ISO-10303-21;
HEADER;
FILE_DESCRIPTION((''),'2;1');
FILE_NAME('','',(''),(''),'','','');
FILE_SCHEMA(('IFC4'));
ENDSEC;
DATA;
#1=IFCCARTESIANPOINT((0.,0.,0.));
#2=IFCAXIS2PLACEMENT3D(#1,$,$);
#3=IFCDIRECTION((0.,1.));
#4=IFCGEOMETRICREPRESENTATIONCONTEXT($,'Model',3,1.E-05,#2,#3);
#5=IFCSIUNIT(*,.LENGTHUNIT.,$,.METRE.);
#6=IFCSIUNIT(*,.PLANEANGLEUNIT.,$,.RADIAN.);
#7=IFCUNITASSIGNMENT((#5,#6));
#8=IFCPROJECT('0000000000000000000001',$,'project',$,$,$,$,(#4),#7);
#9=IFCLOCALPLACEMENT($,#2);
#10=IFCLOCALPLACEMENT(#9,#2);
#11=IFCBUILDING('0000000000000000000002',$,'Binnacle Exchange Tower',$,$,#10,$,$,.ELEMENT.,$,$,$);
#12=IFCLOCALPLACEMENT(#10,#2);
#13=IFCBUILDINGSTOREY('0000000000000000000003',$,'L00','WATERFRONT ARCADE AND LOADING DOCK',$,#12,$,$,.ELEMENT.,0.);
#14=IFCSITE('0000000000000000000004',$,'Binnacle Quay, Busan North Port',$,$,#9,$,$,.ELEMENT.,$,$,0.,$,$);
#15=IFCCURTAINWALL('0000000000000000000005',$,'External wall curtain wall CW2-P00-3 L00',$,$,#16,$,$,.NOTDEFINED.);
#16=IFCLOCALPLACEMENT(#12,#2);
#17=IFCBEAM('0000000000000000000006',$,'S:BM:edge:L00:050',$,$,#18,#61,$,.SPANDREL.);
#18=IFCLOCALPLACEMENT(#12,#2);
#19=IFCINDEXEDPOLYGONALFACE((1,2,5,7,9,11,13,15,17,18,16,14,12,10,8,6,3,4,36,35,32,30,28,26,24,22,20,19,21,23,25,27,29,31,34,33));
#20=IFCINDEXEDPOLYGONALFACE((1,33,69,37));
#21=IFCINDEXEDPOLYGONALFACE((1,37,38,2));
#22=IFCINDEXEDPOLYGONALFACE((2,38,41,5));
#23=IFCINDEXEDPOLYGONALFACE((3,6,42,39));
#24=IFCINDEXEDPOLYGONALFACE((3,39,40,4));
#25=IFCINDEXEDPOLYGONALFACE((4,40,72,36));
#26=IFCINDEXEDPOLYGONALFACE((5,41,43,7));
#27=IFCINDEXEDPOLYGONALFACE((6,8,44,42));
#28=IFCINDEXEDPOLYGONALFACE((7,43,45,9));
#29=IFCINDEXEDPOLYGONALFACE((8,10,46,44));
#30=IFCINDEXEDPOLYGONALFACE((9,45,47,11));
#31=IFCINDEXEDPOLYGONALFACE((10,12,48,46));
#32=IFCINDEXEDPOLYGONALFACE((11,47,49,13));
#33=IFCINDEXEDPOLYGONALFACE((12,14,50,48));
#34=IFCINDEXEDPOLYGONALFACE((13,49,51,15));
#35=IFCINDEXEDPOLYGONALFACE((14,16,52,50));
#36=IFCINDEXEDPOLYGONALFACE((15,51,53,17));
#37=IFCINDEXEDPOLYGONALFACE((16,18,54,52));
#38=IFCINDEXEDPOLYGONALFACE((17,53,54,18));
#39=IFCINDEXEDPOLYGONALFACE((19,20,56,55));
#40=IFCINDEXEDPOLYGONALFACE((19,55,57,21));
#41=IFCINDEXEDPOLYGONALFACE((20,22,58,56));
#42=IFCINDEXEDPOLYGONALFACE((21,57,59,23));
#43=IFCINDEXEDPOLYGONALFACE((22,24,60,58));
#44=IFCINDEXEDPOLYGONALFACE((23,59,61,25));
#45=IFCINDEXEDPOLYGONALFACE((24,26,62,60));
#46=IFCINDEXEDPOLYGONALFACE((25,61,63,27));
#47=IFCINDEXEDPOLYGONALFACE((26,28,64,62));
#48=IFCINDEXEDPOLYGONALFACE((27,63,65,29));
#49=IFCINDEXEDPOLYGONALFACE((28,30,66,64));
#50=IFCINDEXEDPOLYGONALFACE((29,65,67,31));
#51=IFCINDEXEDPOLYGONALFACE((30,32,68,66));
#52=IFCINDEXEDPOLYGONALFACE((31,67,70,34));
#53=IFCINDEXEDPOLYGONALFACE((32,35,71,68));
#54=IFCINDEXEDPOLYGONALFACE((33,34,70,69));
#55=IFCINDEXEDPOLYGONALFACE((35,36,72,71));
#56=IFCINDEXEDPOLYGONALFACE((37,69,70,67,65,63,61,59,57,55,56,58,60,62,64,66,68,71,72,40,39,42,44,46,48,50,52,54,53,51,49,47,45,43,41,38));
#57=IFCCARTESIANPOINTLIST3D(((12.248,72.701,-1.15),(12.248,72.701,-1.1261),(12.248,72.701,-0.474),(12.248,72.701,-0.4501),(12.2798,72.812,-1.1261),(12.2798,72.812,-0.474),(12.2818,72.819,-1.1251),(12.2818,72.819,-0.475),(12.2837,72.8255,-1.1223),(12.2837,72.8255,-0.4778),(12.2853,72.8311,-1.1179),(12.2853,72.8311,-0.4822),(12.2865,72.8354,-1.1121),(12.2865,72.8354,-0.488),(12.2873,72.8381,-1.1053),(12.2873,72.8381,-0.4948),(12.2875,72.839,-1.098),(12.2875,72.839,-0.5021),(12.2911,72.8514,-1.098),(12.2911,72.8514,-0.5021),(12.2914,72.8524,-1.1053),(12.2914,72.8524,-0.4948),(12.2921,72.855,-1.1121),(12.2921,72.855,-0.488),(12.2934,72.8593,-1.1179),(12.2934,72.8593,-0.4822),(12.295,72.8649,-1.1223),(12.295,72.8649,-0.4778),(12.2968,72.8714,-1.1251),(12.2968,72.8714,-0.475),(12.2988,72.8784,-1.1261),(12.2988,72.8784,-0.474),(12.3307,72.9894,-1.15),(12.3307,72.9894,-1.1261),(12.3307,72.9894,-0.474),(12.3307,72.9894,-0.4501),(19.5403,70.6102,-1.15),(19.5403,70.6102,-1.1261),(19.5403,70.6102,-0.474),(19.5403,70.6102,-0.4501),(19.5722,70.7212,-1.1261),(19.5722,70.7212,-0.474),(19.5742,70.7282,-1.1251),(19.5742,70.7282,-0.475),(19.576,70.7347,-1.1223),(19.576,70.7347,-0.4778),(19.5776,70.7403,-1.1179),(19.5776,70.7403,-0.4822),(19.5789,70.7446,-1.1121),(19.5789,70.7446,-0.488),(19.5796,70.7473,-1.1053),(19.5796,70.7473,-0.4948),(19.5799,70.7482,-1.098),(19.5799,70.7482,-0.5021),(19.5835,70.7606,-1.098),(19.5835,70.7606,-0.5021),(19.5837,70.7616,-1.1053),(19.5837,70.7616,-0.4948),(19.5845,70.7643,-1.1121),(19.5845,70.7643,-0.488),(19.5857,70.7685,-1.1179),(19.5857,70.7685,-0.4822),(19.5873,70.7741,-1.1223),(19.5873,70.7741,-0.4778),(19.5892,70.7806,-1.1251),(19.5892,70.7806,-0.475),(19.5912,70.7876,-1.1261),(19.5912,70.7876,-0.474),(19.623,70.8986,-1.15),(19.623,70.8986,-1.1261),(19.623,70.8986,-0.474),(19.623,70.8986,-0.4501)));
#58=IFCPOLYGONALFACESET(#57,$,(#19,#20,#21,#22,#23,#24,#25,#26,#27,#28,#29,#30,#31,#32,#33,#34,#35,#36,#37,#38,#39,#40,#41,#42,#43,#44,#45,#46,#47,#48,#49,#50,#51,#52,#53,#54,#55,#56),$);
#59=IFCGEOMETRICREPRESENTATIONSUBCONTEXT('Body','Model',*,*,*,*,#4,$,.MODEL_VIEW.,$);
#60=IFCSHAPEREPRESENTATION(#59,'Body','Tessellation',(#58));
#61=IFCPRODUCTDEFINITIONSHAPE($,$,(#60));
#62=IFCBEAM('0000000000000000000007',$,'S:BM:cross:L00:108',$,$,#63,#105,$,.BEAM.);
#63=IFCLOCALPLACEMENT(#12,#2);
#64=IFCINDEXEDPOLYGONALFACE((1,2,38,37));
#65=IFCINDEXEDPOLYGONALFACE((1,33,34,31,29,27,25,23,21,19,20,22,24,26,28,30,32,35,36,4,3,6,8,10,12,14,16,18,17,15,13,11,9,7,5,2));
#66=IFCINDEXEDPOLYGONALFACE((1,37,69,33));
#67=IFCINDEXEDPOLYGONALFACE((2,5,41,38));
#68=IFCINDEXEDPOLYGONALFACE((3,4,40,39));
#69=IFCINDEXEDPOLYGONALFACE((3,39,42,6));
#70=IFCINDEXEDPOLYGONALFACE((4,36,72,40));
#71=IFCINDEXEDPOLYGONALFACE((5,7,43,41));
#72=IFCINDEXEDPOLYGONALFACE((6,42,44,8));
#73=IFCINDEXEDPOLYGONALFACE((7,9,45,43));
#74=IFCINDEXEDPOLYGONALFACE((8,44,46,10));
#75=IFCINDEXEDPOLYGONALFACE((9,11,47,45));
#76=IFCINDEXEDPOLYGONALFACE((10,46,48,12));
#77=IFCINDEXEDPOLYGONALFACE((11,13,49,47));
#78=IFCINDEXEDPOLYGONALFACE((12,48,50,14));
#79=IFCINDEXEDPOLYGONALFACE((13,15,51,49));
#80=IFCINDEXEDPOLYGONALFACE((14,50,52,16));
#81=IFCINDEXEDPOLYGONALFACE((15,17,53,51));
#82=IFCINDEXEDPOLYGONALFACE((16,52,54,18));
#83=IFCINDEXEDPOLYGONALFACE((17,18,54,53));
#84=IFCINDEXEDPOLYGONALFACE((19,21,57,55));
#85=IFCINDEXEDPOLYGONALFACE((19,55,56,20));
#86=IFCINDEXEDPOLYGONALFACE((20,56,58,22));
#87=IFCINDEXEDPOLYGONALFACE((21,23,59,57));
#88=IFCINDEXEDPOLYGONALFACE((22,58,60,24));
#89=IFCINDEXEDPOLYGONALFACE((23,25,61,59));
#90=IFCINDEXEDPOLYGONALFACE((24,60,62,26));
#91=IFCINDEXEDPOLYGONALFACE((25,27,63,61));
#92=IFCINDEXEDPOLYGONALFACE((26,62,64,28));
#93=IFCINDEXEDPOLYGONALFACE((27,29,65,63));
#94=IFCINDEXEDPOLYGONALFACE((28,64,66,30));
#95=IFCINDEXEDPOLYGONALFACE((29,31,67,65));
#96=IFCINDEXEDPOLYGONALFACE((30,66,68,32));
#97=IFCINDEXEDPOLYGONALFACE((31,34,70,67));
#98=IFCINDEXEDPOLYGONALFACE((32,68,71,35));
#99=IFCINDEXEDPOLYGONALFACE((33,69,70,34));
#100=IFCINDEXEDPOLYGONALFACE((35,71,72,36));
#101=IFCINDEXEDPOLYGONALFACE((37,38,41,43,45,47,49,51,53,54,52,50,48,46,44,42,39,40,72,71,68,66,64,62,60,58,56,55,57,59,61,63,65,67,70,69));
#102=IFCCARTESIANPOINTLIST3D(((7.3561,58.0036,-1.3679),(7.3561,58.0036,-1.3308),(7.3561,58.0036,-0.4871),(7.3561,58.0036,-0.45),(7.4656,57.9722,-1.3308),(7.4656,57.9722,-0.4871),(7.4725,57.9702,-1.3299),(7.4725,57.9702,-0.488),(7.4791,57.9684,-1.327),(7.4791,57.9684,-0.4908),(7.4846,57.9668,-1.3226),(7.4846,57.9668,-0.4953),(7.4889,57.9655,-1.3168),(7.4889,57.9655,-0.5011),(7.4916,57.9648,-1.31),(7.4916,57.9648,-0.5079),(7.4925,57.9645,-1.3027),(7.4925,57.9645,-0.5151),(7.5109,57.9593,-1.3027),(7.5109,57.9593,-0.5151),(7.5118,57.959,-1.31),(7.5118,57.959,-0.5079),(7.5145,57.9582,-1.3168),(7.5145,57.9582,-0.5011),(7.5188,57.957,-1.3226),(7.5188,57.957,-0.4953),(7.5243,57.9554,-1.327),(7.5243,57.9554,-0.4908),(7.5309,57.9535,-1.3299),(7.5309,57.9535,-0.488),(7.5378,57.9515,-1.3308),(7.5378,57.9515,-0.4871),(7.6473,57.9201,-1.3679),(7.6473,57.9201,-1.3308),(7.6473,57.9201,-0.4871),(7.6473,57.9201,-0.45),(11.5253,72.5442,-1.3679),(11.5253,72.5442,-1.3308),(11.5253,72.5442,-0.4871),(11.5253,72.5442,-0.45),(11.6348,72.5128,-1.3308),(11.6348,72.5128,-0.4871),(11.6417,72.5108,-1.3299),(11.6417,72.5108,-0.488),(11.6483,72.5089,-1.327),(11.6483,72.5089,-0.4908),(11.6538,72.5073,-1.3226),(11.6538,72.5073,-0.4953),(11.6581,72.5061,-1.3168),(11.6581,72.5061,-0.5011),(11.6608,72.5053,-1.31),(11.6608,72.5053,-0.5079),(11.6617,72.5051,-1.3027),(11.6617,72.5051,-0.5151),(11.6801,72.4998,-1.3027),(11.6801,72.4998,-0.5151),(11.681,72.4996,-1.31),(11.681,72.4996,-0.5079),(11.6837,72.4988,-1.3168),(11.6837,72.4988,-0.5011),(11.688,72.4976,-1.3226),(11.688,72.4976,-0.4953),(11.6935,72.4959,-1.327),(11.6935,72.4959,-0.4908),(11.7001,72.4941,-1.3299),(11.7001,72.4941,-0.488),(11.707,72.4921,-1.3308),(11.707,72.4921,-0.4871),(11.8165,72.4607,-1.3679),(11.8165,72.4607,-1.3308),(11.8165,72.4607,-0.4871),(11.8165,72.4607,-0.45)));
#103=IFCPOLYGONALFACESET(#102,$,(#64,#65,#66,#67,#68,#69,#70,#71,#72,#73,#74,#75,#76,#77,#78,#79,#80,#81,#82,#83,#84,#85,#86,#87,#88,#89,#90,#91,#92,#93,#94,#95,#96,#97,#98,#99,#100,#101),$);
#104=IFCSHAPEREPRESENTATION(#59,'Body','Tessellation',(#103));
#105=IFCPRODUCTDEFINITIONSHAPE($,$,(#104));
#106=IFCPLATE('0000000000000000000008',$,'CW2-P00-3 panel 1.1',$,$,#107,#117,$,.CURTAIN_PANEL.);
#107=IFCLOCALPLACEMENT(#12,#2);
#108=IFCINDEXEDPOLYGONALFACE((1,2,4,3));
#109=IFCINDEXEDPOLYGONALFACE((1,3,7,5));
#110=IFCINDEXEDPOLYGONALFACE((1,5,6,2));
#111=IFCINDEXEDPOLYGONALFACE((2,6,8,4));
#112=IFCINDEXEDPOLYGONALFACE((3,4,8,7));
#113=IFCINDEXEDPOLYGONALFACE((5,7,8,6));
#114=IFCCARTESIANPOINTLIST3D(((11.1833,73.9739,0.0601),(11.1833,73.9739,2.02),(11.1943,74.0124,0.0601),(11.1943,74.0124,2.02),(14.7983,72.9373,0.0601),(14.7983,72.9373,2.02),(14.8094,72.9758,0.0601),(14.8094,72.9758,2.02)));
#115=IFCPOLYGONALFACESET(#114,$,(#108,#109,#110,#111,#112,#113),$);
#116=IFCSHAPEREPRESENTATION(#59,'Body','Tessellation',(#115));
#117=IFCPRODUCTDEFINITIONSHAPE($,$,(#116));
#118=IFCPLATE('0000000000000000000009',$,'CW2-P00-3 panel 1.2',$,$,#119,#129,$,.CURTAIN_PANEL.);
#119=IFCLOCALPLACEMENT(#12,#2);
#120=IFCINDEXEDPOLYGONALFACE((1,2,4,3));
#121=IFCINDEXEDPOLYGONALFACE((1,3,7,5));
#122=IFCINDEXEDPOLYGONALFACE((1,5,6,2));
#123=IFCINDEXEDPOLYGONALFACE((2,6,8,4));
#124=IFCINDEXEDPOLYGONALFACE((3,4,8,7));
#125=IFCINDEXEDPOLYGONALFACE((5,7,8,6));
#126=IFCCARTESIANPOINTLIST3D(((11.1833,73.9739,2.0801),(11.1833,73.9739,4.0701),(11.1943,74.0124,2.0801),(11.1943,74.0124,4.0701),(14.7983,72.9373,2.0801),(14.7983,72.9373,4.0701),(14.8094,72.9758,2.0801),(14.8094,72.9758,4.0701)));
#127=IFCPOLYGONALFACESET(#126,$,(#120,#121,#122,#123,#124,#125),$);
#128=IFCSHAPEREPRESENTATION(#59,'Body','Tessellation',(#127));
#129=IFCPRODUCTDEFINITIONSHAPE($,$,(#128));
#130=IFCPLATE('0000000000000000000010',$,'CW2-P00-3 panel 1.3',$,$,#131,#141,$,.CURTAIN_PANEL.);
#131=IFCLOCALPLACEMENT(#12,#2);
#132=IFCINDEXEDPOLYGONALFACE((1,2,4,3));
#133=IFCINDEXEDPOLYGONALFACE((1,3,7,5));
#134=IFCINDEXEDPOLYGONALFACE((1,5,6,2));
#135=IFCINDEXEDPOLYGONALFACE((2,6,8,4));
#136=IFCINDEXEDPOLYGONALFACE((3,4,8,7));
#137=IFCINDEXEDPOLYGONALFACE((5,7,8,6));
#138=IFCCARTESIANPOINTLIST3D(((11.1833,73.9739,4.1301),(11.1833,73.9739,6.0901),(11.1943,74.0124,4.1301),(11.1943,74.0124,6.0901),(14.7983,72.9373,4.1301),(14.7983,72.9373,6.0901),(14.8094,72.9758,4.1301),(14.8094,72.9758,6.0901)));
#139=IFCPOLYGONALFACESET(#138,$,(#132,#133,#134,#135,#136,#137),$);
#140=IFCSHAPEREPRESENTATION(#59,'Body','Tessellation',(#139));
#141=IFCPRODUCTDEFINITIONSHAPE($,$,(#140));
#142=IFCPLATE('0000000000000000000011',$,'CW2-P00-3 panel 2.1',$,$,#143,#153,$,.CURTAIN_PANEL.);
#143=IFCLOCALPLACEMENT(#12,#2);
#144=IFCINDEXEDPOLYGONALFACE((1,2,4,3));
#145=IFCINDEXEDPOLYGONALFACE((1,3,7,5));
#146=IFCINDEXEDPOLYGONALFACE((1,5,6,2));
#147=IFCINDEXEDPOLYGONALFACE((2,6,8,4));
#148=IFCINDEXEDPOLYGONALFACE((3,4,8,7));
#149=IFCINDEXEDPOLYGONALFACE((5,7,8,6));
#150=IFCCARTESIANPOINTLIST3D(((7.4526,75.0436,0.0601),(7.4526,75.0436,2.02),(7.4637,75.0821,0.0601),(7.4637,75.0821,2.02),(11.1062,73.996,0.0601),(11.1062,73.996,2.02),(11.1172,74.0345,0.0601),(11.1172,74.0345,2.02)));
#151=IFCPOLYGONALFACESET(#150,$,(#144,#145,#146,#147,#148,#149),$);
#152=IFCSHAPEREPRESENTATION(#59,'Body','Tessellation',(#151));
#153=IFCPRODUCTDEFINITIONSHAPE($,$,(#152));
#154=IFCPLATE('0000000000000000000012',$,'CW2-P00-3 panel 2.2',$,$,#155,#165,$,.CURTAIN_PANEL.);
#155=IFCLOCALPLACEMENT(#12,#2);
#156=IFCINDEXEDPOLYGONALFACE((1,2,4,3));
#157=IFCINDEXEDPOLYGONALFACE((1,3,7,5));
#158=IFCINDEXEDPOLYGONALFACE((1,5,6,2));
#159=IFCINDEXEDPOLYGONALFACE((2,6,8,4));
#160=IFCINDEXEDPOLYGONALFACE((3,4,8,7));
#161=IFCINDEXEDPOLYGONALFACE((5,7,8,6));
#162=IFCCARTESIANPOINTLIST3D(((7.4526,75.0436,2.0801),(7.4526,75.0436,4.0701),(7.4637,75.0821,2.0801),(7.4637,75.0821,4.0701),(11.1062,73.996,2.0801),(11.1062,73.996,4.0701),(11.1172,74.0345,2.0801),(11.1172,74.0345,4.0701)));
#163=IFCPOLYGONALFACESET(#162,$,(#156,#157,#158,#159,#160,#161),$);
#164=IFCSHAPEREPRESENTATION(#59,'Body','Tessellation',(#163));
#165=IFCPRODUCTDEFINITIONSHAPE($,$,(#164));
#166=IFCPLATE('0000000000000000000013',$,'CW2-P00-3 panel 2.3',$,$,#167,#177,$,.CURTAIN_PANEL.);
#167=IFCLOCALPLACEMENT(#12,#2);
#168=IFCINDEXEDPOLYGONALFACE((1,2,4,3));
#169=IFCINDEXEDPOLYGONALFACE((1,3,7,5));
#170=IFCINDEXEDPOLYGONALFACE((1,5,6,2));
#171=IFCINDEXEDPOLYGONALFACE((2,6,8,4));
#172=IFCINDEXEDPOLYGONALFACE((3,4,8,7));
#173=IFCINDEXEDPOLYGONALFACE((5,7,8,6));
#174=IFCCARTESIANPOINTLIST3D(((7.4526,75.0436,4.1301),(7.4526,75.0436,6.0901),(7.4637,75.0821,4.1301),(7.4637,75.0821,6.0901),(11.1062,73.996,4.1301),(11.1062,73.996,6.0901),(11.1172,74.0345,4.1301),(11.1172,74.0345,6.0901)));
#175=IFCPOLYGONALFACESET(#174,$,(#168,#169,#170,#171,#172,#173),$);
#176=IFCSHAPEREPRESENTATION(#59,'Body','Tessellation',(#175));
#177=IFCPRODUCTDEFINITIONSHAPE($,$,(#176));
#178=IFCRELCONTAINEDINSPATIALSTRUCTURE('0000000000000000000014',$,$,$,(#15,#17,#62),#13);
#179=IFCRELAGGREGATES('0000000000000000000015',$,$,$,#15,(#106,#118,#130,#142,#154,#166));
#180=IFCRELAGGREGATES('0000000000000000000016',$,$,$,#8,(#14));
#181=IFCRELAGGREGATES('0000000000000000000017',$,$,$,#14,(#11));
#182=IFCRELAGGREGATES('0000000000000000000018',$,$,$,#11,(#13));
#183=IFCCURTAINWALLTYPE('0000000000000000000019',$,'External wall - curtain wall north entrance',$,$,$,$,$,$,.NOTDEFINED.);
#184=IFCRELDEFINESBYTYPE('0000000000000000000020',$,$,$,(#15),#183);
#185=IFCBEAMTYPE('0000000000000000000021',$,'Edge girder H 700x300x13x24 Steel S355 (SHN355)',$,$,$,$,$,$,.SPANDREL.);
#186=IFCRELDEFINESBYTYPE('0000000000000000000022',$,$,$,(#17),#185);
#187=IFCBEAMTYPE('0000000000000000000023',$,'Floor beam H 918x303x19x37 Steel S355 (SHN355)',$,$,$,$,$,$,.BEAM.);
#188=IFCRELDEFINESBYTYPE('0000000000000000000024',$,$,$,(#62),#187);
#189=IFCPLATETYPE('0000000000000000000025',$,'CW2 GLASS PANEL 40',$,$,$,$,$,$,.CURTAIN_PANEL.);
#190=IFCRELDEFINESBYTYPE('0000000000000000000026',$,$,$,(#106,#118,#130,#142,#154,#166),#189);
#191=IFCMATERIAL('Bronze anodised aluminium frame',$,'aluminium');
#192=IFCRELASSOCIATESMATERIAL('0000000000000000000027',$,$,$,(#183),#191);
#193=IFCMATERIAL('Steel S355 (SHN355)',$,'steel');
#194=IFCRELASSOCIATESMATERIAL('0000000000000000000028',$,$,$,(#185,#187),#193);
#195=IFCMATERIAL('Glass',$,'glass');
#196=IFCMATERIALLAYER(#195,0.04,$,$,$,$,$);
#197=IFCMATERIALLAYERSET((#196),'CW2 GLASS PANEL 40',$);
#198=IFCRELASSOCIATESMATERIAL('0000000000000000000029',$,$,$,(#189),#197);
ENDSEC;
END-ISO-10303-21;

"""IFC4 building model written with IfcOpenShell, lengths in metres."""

from ifc_helpers import new_model, si_unit, direction, frame, origin, origin_2d, place, context, subcontext, project, spatial, rectangle, i_section, extrude, material, layer, layer_set, material_profile, profile_set, type_object, element, aggregate, save


model = new_model("IFC4")

# Units and contexts
model_context = context("Model", 3, precision=1e-05, world=origin(), true_north=direction((0.0, 1.0)))
body_context = subcontext(model_context, "Body", "Model", "MODEL_VIEW")
ifc_project = project(units=[si_unit("LENGTHUNIT", "METRE"), si_unit("PLANEANGLEUNIT", "RADIAN")], contexts=[model_context])

# Site, building, storey
site_placement = place(None, origin())
site = spatial("IfcSite", under=ifc_project, at=site_placement, Name="Binnacle Quay, Busan North Port", CompositionType="ELEMENT", RefElevation=0.0)
building_placement = place(site_placement, origin())
building = spatial("IfcBuilding", under=site, at=building_placement, Name="Binnacle Exchange Tower", CompositionType="ELEMENT")
storey_placement = place(building_placement, origin())
storey = spatial("IfcBuildingStorey", under=building, at=storey_placement, Name="L00", Description="WATERFRONT ARCADE AND LOADING DOCK", CompositionType="ELEMENT", Elevation=0.0)

# Curtain wall
ifc_material_1 = material(Name="Bronze anodised aluminium frame", Category="aluminium")
curtain_wall_type = type_object("IfcCurtainWallType", Name="External wall - curtain wall north entrance", PredefinedType="NOTDEFINED", material=ifc_material_1)
curtain_wall_placement = place(storey_placement, origin())
curtain_wall = element("IfcCurtainWall", 1, at=curtain_wall_placement, inside=storey, type_object=curtain_wall_type, Name="External wall curtain wall CW2-P00-3 L00", PredefinedType="NOTDEFINED")

# Beams
ifc_material_2 = material(Name="Steel S355 (SHN355)", Category="steel")
ifc_material_profile_1 = material_profile(ifc_material_2, i_section(OverallWidth=0.3, OverallDepth=0.7, WebThickness=0.0129, FlangeThickness=0.0239, FilletRadius=0.0281, at=origin_2d()), Name="H 700x300x13x24")
ifc_profile_set_1 = profile_set([ifc_material_profile_1], Name="Steel S355 (SHN355)")
beam_type_1 = type_object("IfcBeamType", Name="Edge girder H 700x300x13x24 Steel S355 (SHN355)", PredefinedType="SPANDREL", material=ifc_profile_set_1)
beam_1_placement = place(storey_placement, frame((12.2893, 72.8452, -0.8), z_axis=(0.961271, -0.275605, 0.0), x_axis=(0.275605, 0.961271, 0.0)))
element("IfcBeam", 2, at=beam_1_placement, inside=storey, type_object=beam_type_1, Name="S:BM:edge:L00:050", PredefinedType="SPANDREL", context=body_context, shape_type="SweptSolid", body=[
    extrude(i_section(OverallWidth=0.3, OverallDepth=0.7, WebThickness=0.0129, FlangeThickness=0.0239, FilletRadius=0.0281, at=origin_2d()), origin(), (0.0, 0.0, 1.0), 7.5862),
])
ifc_material_profile_2 = material_profile(ifc_material_2, i_section(OverallWidth=0.303, OverallDepth=0.918, WebThickness=0.019, FlangeThickness=0.0371, FilletRadius=0.0281, at=origin_2d()), Name="H 918x303x19x37")
ifc_profile_set_2 = profile_set([ifc_material_profile_2], Name="Steel S355 (SHN355)")
beam_type_2 = type_object("IfcBeamType", Name="Floor beam H 918x303x19x37 Steel S355 (SHN355)", PredefinedType="BEAM", material=ifc_profile_set_2)
beam_2_placement = place(storey_placement, frame((11.6709, 72.5024, -0.9089), z_axis=(-0.275623, -0.961266, 0.0), x_axis=(0.961266, -0.275623, 0.0)))
element("IfcBeam", 3, at=beam_2_placement, inside=storey, type_object=beam_type_2, Name="S:BM:cross:L00:108", PredefinedType="BEAM", context=body_context, shape_type="SweptSolid", body=[
    extrude(i_section(OverallWidth=0.303, OverallDepth=0.918, WebThickness=0.019, FlangeThickness=0.0371, FilletRadius=0.0281, at=origin_2d()), origin(), (0.0, 0.0, 1.0), 15.1265),
])

# Plates
ifc_material_3 = material(Name="Glass", Category="glass")
ifc_layer_1 = layer(ifc_material_3, 0.04)
ifc_layer_set_1 = layer_set([ifc_layer_1], Name="CW2 GLASS PANEL 40")
plate_type = type_object("IfcPlateType", Name="CW2 GLASS PANEL 40", PredefinedType="CURTAIN_PANEL", material=ifc_layer_set_1)
plate_1_placement = place(storey_placement, frame((12.9963, 73.4749, 0.0601), z_axis=(0.0, 0.0, 1.0), x_axis=(-0.961262, 0.275637, 0.0)))
plate_1 = element("IfcPlate", 4, at=plate_1_placement, type_object=plate_type, Name="CW2-P00-3 panel 1.1", PredefinedType="CURTAIN_PANEL", context=body_context, shape_type="SweptSolid", body=[
    extrude(rectangle(XDim=3.7607, YDim=0.04, at=origin_2d()), origin(), (0.0, 0.0, 1.0), 1.96),
])
plate_2_placement = place(storey_placement, frame((12.9963, 73.4749, 2.0801), z_axis=(0.0, 0.0, 1.0), x_axis=(-0.961262, 0.275637, 0.0)))
plate_2 = element("IfcPlate", 5, at=plate_2_placement, type_object=plate_type, Name="CW2-P00-3 panel 1.2", PredefinedType="CURTAIN_PANEL", context=body_context, shape_type="SweptSolid", body=[
    extrude(rectangle(XDim=3.7607, YDim=0.04, at=origin_2d()), origin(), (0.0, 0.0, 1.0), 1.99),
])
plate_3_placement = place(storey_placement, frame((12.9963, 73.4749, 4.1301), z_axis=(0.0, 0.0, 1.0), x_axis=(-0.961262, 0.275637, 0.0)))
plate_3 = element("IfcPlate", 6, at=plate_3_placement, type_object=plate_type, Name="CW2-P00-3 panel 1.3", PredefinedType="CURTAIN_PANEL", context=body_context, shape_type="SweptSolid", body=[
    extrude(rectangle(XDim=3.7607, YDim=0.04, at=origin_2d()), origin(), (0.0, 0.0, 1.0), 1.96),
])
plate_4_placement = place(storey_placement, frame((9.2849, 74.5391, 0.0601), z_axis=(0.0, 0.0, 1.0), x_axis=(-0.961262, 0.275637, 0.0)))
plate_4 = element("IfcPlate", 7, at=plate_4_placement, type_object=plate_type, Name="CW2-P00-3 panel 2.1", PredefinedType="CURTAIN_PANEL", context=body_context, shape_type="SweptSolid", body=[
    extrude(rectangle(XDim=3.8008, YDim=0.04, at=origin_2d()), origin(), (0.0, 0.0, 1.0), 1.96),
])
plate_5_placement = place(storey_placement, frame((9.2849, 74.5391, 2.0801), z_axis=(0.0, 0.0, 1.0), x_axis=(-0.961262, 0.275637, 0.0)))
plate_5 = element("IfcPlate", 8, at=plate_5_placement, type_object=plate_type, Name="CW2-P00-3 panel 2.2", PredefinedType="CURTAIN_PANEL", context=body_context, shape_type="SweptSolid", body=[
    extrude(rectangle(XDim=3.8008, YDim=0.04, at=origin_2d()), origin(), (0.0, 0.0, 1.0), 1.99),
])
plate_6_placement = place(storey_placement, frame((9.2849, 74.5391, 4.1301), z_axis=(0.0, 0.0, 1.0), x_axis=(-0.961262, 0.275637, 0.0)))
plate_6 = element("IfcPlate", 9, at=plate_6_placement, type_object=plate_type, Name="CW2-P00-3 panel 2.3", PredefinedType="CURTAIN_PANEL", context=body_context, shape_type="SweptSolid", body=[
    extrude(rectangle(XDim=3.8008, YDim=0.04, at=origin_2d()), origin(), (0.0, 0.0, 1.0), 1.96),
])
aggregate(curtain_wall, [plate_1, plate_2, plate_3, plate_4, plate_5, plate_6])

save(model, "model.ifc")
